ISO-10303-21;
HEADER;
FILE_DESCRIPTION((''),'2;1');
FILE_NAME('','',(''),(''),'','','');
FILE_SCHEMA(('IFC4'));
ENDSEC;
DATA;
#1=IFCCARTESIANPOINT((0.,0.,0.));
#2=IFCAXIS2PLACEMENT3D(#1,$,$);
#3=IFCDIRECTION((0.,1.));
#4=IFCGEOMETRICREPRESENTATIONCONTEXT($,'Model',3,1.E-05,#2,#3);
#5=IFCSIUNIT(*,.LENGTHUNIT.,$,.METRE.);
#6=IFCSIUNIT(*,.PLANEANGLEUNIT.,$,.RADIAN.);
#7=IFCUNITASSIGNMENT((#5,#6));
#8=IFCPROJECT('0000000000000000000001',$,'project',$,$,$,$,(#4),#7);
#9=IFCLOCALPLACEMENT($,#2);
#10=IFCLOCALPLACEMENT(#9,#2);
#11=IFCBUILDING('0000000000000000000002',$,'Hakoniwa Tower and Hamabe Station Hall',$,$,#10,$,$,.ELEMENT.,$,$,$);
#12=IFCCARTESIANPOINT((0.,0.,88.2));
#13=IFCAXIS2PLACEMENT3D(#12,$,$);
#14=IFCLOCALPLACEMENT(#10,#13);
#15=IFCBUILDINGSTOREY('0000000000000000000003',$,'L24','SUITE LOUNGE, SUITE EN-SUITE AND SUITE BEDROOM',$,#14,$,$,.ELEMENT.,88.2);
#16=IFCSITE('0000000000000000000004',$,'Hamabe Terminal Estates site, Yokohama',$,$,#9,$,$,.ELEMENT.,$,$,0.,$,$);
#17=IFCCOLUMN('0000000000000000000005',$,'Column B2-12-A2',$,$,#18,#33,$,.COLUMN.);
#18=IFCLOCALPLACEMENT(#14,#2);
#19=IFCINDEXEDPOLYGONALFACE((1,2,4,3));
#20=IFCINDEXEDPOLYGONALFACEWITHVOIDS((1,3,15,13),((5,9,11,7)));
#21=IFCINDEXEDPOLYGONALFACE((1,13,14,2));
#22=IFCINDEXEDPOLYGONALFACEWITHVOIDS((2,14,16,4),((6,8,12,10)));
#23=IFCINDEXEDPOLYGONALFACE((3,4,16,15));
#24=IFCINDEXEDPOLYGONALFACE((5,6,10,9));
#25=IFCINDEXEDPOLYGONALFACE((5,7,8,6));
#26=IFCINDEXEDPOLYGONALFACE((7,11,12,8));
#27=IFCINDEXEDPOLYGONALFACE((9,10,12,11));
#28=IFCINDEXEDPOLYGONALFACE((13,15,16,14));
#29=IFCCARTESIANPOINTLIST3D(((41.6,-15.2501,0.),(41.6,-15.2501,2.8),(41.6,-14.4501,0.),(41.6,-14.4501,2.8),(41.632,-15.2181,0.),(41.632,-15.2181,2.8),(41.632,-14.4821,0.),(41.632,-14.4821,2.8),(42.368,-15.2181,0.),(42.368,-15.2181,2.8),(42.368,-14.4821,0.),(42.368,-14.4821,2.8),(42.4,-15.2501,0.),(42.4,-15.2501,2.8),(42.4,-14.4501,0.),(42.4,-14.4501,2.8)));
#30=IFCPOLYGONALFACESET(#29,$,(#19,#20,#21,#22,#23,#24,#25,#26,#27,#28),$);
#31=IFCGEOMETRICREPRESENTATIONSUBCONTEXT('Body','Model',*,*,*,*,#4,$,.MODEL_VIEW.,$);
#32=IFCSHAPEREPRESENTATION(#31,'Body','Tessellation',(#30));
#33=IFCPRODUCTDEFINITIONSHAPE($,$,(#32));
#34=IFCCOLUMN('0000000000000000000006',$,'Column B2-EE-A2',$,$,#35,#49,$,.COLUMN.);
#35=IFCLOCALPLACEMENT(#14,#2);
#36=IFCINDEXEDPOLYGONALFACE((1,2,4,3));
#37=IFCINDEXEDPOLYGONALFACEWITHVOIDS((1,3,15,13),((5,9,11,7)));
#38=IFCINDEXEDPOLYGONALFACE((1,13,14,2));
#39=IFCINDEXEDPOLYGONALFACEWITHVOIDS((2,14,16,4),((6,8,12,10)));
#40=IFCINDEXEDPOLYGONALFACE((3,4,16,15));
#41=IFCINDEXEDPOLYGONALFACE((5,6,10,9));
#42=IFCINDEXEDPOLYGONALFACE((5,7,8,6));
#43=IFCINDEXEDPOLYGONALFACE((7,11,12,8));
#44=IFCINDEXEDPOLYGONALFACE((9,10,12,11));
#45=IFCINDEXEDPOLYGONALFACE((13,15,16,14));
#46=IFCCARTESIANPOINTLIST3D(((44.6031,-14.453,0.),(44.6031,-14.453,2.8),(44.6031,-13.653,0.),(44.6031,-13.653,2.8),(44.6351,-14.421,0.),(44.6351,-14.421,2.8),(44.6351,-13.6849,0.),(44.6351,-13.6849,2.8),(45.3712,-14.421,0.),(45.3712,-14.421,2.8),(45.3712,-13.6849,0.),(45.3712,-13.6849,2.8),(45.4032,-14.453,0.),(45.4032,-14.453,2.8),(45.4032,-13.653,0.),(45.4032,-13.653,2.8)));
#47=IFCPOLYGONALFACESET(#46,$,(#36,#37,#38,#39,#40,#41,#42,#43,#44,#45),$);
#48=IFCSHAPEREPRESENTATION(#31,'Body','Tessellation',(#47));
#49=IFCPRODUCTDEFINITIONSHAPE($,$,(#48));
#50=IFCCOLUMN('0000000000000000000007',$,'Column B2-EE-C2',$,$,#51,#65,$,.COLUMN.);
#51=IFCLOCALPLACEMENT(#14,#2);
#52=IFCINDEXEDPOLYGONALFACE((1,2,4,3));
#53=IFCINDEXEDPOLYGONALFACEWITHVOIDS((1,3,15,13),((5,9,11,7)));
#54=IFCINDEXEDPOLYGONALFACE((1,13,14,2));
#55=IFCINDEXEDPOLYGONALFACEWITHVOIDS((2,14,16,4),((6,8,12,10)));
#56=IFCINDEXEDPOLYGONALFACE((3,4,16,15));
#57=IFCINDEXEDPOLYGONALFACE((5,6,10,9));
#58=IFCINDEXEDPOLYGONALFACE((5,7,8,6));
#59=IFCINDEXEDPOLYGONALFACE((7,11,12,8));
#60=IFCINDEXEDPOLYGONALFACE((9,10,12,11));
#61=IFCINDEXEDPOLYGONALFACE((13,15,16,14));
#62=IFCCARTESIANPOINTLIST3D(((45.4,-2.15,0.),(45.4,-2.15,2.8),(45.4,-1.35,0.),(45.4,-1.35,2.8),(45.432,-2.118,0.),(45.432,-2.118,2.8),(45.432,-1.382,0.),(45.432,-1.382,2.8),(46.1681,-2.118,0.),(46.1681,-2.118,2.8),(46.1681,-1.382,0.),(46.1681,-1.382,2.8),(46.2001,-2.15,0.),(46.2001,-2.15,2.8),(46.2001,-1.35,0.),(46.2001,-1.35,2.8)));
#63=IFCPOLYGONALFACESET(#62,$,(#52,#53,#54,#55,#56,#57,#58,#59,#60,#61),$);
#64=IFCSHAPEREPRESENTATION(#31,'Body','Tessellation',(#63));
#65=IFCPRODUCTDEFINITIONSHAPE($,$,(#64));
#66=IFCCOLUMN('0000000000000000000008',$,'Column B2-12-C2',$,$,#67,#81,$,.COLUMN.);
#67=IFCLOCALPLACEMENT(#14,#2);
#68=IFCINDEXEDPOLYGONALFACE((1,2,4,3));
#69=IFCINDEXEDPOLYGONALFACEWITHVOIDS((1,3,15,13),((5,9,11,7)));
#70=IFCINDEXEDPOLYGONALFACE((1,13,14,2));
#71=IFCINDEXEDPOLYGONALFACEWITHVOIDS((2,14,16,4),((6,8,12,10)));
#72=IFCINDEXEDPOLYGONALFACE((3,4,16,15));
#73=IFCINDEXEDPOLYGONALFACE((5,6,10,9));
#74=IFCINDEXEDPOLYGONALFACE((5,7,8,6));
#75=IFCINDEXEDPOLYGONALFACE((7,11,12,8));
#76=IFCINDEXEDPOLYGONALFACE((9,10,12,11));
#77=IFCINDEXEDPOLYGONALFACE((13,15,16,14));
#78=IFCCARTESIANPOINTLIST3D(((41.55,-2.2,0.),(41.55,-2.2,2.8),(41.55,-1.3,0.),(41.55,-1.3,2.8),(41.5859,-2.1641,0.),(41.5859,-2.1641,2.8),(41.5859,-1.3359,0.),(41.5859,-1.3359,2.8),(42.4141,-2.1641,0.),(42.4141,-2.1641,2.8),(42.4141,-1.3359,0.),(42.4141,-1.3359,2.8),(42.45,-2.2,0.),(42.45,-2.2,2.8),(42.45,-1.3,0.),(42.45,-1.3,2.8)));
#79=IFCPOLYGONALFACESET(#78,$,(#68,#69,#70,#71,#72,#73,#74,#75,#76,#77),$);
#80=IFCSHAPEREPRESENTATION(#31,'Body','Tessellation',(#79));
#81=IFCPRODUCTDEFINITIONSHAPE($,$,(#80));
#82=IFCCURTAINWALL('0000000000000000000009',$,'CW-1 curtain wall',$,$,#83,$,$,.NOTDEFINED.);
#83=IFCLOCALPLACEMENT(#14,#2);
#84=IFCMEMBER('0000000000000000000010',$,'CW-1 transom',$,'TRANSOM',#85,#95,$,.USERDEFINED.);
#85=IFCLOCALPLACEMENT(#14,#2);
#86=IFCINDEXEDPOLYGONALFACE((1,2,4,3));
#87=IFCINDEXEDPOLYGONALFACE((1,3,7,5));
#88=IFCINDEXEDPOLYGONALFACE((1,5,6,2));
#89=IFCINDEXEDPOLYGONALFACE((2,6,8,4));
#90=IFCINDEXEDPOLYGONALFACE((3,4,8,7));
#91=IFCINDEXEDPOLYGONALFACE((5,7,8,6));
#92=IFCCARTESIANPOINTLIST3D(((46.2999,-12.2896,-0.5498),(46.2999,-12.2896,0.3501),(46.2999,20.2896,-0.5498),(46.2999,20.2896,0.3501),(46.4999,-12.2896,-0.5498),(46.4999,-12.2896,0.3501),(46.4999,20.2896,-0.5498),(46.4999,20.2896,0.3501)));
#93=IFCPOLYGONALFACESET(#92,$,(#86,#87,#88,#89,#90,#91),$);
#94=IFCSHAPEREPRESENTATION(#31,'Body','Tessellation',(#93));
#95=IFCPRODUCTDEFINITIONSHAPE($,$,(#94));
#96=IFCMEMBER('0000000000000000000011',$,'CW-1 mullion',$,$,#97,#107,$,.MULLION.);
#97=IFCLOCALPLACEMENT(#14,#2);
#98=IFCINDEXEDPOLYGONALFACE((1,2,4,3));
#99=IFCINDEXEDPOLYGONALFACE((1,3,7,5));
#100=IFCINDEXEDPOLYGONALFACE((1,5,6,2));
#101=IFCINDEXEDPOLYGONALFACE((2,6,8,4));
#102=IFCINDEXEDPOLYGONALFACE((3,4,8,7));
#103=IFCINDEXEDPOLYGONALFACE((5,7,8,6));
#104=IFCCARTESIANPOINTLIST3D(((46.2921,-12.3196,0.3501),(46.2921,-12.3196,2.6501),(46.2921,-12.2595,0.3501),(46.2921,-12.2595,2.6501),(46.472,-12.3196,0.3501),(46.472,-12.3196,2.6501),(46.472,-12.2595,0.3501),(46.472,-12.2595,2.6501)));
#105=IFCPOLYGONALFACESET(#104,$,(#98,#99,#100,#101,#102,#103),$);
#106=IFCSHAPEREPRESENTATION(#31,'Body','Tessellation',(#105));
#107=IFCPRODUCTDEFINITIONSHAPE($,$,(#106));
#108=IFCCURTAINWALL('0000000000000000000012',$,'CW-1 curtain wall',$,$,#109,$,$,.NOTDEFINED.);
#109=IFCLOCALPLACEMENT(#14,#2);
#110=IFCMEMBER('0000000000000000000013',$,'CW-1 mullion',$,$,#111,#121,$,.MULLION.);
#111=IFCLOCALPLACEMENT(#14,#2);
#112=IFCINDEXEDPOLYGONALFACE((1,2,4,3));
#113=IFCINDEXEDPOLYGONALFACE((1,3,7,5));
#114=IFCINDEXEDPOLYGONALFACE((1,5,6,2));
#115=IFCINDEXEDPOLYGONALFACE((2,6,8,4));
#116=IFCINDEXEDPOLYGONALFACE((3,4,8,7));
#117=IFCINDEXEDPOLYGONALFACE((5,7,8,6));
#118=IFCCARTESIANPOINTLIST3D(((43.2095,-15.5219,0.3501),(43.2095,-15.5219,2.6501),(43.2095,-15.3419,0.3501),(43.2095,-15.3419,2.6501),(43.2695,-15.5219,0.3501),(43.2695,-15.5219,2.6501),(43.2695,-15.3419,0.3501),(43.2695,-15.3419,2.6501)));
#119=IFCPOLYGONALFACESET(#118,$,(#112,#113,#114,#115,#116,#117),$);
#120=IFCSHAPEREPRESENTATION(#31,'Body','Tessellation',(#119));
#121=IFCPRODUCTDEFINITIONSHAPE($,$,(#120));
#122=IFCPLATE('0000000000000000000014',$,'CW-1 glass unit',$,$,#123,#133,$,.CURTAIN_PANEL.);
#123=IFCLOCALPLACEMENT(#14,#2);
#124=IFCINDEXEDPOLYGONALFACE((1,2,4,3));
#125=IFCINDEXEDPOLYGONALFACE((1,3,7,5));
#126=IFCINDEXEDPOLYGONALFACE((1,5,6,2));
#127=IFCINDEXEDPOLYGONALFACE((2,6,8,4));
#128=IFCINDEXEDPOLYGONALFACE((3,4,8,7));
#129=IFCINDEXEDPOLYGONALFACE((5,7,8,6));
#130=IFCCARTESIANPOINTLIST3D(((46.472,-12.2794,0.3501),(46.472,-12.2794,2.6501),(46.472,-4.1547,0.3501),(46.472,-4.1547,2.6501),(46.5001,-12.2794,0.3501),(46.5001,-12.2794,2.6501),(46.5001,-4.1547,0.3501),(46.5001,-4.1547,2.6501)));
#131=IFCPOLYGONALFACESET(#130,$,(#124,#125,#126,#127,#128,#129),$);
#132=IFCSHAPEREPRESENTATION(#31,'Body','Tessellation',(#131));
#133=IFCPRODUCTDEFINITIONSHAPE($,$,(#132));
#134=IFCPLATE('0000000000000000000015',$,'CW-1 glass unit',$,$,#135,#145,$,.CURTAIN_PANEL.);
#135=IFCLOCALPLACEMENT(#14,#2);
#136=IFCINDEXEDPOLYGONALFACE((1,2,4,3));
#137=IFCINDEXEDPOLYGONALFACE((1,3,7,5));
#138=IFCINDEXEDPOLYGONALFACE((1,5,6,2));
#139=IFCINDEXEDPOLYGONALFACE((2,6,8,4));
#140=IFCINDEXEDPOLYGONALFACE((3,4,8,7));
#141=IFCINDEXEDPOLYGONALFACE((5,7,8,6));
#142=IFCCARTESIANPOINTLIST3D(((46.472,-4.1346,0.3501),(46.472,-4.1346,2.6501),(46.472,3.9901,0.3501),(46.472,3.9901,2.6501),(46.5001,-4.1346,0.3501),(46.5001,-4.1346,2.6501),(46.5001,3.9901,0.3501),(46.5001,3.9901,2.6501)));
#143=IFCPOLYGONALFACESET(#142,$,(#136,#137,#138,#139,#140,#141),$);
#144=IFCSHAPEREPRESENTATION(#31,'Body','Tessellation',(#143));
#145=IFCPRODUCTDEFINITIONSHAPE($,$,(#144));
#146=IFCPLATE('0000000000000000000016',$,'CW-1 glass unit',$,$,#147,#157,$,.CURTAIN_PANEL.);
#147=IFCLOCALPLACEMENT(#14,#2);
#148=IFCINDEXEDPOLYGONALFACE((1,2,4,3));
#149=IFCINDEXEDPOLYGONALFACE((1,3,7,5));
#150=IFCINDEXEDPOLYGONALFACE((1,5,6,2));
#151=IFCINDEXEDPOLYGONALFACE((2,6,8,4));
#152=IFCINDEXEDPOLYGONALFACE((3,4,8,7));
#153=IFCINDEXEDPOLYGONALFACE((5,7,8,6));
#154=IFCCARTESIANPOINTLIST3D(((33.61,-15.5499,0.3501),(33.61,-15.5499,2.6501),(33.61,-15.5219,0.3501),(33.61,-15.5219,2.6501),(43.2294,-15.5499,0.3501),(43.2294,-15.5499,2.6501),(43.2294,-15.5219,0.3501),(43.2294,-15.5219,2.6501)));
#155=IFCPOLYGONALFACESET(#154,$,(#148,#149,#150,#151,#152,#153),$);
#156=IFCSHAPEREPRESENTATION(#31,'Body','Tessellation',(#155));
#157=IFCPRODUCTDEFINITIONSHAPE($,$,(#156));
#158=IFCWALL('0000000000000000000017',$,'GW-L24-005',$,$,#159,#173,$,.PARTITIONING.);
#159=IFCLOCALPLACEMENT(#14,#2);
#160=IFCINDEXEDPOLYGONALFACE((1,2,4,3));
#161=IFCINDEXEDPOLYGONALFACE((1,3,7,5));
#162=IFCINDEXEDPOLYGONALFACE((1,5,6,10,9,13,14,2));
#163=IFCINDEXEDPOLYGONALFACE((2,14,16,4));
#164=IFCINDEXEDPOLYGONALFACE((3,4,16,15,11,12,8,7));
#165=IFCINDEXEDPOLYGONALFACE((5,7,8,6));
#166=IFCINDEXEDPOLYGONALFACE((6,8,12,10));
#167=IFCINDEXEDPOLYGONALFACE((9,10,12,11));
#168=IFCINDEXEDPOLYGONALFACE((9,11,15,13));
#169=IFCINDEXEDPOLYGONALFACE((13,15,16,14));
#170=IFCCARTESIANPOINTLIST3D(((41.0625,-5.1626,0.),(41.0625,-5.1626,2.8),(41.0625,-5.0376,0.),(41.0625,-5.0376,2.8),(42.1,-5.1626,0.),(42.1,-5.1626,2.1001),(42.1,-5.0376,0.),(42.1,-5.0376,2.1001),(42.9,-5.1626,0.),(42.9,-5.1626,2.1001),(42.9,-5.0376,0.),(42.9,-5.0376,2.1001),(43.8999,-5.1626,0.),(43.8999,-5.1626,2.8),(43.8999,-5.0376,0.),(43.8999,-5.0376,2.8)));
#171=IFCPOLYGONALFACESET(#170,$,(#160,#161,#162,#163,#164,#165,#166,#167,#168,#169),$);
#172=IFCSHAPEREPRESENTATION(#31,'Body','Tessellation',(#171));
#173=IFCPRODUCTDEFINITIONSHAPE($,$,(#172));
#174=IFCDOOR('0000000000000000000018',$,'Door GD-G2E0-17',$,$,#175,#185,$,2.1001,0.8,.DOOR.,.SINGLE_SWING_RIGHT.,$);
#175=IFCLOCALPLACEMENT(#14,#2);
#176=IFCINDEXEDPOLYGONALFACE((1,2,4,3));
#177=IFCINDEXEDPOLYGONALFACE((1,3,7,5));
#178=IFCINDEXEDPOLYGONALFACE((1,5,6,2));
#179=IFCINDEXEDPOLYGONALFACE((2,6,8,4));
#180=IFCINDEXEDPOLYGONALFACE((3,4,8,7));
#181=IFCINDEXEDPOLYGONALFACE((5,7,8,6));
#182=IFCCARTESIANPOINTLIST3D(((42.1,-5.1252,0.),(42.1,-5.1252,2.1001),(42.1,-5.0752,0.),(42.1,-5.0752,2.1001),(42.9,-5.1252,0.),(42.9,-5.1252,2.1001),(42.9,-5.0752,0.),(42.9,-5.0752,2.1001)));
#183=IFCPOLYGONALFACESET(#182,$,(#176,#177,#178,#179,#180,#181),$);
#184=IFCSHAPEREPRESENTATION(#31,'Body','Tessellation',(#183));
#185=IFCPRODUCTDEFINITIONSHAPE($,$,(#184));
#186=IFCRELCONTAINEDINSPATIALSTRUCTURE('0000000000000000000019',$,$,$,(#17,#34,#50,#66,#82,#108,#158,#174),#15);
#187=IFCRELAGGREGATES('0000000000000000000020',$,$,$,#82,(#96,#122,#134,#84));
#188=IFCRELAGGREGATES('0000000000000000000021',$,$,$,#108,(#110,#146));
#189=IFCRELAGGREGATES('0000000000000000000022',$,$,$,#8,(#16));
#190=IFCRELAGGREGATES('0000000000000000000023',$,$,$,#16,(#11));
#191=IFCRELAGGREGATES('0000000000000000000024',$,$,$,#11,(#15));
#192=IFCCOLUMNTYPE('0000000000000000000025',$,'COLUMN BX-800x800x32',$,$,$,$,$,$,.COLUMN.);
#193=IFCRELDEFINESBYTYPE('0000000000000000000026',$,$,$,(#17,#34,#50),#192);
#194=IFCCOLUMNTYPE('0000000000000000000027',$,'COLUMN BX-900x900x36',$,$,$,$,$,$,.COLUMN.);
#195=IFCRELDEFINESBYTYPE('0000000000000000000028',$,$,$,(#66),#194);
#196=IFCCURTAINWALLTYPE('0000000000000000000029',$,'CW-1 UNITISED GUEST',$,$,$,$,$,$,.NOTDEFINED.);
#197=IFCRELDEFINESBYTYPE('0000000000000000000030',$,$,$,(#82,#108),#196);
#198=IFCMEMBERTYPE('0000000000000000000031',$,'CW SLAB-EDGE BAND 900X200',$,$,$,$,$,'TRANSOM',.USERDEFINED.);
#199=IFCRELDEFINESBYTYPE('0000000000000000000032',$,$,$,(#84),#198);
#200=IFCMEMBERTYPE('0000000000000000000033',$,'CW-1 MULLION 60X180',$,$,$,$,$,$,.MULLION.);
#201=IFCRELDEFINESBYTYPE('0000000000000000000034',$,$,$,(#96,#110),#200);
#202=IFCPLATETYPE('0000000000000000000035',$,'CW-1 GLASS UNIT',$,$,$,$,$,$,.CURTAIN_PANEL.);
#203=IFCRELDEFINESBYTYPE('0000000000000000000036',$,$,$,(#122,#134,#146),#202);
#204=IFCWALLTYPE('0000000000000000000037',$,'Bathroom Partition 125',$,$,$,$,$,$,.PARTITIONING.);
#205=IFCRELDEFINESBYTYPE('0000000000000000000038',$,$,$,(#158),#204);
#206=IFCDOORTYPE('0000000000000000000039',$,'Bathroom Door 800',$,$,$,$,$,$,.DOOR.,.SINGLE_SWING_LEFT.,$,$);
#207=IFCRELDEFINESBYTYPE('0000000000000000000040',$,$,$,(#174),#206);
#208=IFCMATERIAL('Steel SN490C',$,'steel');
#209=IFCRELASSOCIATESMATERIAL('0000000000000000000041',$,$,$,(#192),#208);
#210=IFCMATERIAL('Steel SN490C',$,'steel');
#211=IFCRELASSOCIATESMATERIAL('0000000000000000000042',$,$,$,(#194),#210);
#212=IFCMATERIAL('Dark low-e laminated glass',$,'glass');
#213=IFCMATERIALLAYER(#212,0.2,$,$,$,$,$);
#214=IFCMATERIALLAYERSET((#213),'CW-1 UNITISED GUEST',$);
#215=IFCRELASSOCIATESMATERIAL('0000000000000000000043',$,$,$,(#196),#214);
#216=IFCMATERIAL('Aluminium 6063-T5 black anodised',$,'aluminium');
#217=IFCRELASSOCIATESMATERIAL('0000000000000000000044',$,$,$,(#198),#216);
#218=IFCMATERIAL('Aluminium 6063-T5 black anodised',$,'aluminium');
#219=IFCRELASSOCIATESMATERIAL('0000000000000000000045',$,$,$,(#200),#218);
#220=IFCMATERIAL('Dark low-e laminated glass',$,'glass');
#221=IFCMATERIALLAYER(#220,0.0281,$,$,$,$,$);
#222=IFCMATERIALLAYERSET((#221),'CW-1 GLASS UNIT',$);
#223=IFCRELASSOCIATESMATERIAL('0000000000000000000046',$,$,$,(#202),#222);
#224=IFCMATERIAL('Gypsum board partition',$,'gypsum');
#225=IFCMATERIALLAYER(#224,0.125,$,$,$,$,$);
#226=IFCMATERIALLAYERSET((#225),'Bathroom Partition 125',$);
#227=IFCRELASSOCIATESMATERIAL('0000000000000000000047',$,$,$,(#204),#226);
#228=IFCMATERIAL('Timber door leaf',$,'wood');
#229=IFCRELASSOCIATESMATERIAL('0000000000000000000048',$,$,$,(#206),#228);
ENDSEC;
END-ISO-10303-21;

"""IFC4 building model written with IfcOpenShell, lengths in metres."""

from ifc_helpers import new_model, si_unit, direction, frame, frame_2d, origin, origin_2d, place, context, subcontext, project, spatial, rectangle, hollow_rectangle, extrude, material, layer, layer_set, material_profile, profile_set, type_object, element, fill, aggregate, save


model = new_model("IFC4")

# Units and contexts
model_context = context("Model", 3, precision=1e-05, world=origin(), true_north=direction((0.0, 1.0)))
body_context = subcontext(model_context, "Body", "Model", "MODEL_VIEW")
ifc_project = project(units=[si_unit("LENGTHUNIT", "METRE"), si_unit("PLANEANGLEUNIT", "RADIAN")], contexts=[model_context])

# Site, building, storey
site_placement = place(None, origin())
site = spatial("IfcSite", under=ifc_project, at=site_placement, Name="Hamabe Terminal Estates site, Yokohama", CompositionType="ELEMENT", RefElevation=0.0)
building_placement = place(site_placement, origin())
building = spatial("IfcBuilding", under=site, at=building_placement, Name="Hakoniwa Tower and Hamabe Station Hall", CompositionType="ELEMENT")
storey_placement = place(building_placement, frame((0.0, 0.0, 88.2)))
storey = spatial("IfcBuildingStorey", under=building, at=storey_placement, Name="L24", Description="SUITE LOUNGE, SUITE EN-SUITE AND SUITE BEDROOM", CompositionType="ELEMENT", Elevation=88.2)

# Columns
ifc_material_1 = material(Name="Steel SN490C", Category="steel")
ifc_material_profile_1 = material_profile(ifc_material_1, hollow_rectangle(XDim=0.8, YDim=0.8, WallThickness=0.032, at=origin_2d()), Name="BX-800x800x32")
ifc_profile_set_1 = profile_set([ifc_material_profile_1], Name="Steel SN490C")
column_type_1 = type_object("IfcColumnType", Name="COLUMN BX-800x800x32", PredefinedType="COLUMN", material=ifc_profile_set_1)
for number, where, z_axis, x_axis, name in (
    (1, (42.0, -14.8501, 0.0), (0.0, 0.0, 1.0), (1.0, 0.0, 0.0), "Column B2-12-A2"),
    (2, (45.0032, -14.053, 0.0), (0.0, 0.0, 1.0), (1.0, 0.0, 0.0), "Column B2-EE-A2"),
    (3, (45.8, -1.75, 0.0), (0.0, 0.0, 1.0), (1.0, 0.0, 0.0), "Column B2-EE-C2"),
):
    element("IfcColumn", number, at=place(storey_placement, frame(where, z_axis=z_axis, x_axis=x_axis)), inside=storey, type_object=column_type_1, Name=name, PredefinedType="COLUMN", context=body_context, shape_type="SweptSolid", body=[
        extrude(hollow_rectangle(XDim=0.8, YDim=0.8, WallThickness=0.032, at=origin_2d()), origin(), (0.0, 0.0, 1.0), 2.8),
    ])
ifc_material_2 = material(Name="Steel SN490C", Category="steel")
ifc_material_profile_2 = material_profile(ifc_material_2, hollow_rectangle(XDim=0.8999, YDim=0.8999, WallThickness=0.0359, at=origin_2d()), Name="BX-900x900x36")
ifc_profile_set_2 = profile_set([ifc_material_profile_2], Name="Steel SN490C")
column_type_2 = type_object("IfcColumnType", Name="COLUMN BX-900x900x36", PredefinedType="COLUMN", material=ifc_profile_set_2)
column_placement = place(storey_placement, frame((42.0, -1.75, 0.0), z_axis=(0.0, 0.0, 1.0), x_axis=(1.0, 0.0, 0.0)))
element("IfcColumn", 4, at=column_placement, inside=storey, type_object=column_type_2, Name="Column B2-12-C2", PredefinedType="COLUMN", context=body_context, shape_type="SweptSolid", body=[
    extrude(hollow_rectangle(XDim=0.8999, YDim=0.8999, WallThickness=0.0359, at=origin_2d()), origin(), (0.0, 0.0, 1.0), 2.8),
])

# Curtain wall, members
ifc_material_3 = material(Name="Dark low-e laminated glass", Category="glass")
ifc_layer_1 = layer(ifc_material_3, 0.2)
ifc_layer_set_1 = layer_set([ifc_layer_1], Name="CW-1 UNITISED GUEST")
curtain_wall_type = type_object("IfcCurtainWallType", Name="CW-1 UNITISED GUEST", PredefinedType="NOTDEFINED", material=ifc_layer_set_1)
curtain_wall_1_placement = place(storey_placement, origin())
curtain_wall_1 = element("IfcCurtainWall", 5, at=curtain_wall_1_placement, inside=storey, type_object=curtain_wall_type, Name="CW-1 curtain wall", PredefinedType="NOTDEFINED")
ifc_material_4 = material(Name="Aluminium 6063-T5 black anodised", Category="aluminium")
ifc_material_profile_3 = material_profile(ifc_material_4, rectangle(XDim=0.2, YDim=0.8999, at=origin_2d()), Name="CW SLAB-EDGE BAND 900X200")
ifc_profile_set_3 = profile_set([ifc_material_profile_3], Name="Aluminium 6063-T5 black anodised")
member_type_1 = type_object("IfcMemberType", Name="CW SLAB-EDGE BAND 900X200", ElementType="TRANSOM", PredefinedType="USERDEFINED", material=ifc_profile_set_3)
member_1_placement = place(storey_placement, frame((46.3999, -12.2896, -0.0999), z_axis=(0.0, 1.0, 0.0), x_axis=(-1.0, 0.0, 0.0)))
member_1 = element("IfcMember", 6, at=member_1_placement, type_object=member_type_1, Name="CW-1 transom", ObjectType="TRANSOM", PredefinedType="USERDEFINED", context=body_context, shape_type="SweptSolid", body=[
    extrude(rectangle(XDim=0.2, YDim=0.8999, at=origin_2d()), origin(), (0.0, 0.0, 1.0), 32.5791),
])
ifc_material_5 = material(Name="Aluminium 6063-T5 black anodised", Category="aluminium")
ifc_material_profile_4 = material_profile(ifc_material_5, rectangle(XDim=0.0601, YDim=0.1799, at=origin_2d()), Name="CW-1 MULLION 60X180")
ifc_profile_set_4 = profile_set([ifc_material_profile_4], Name="Aluminium 6063-T5 black anodised")
member_type_2 = type_object("IfcMemberType", Name="CW-1 MULLION 60X180", PredefinedType="MULLION", material=ifc_profile_set_4)
member_2_placement = place(storey_placement, frame((46.3821, -12.2896, 0.3501), z_axis=(0.0, 0.0, 1.0), x_axis=(0.0, 1.0, 0.0)))
member_2 = element("IfcMember", 7, at=member_2_placement, type_object=member_type_2, Name="CW-1 mullion", PredefinedType="MULLION", context=body_context, shape_type="SweptSolid", body=[
    extrude(rectangle(XDim=0.0601, YDim=0.1799, at=origin_2d()), origin(), (0.0, 0.0, 1.0), 2.3),
])

# Curtain wall, member
curtain_wall_2_placement = place(storey_placement, origin())
curtain_wall_2 = element("IfcCurtainWall", 8, at=curtain_wall_2_placement, inside=storey, type_object=curtain_wall_type, Name="CW-1 curtain wall", PredefinedType="NOTDEFINED")
member_3_placement = place(storey_placement, frame((43.2395, -15.4319, 0.3501), z_axis=(0.0, 0.0, 1.0), x_axis=(1.0, 0.0, 0.0)))
member_3 = element("IfcMember", 9, at=member_3_placement, type_object=member_type_2, Name="CW-1 mullion", PredefinedType="MULLION", context=body_context, shape_type="SweptSolid", body=[
    extrude(rectangle(XDim=0.0601, YDim=0.1799, at=origin_2d()), origin(), (0.0, 0.0, 1.0), 2.3),
])

# Plates
ifc_material_6 = material(Name="Dark low-e laminated glass", Category="glass")
ifc_layer_2 = layer(ifc_material_6, 0.0281)
ifc_layer_set_2 = layer_set([ifc_layer_2], Name="CW-1 GLASS UNIT")
plate_type = type_object("IfcPlateType", Name="CW-1 GLASS UNIT", PredefinedType="CURTAIN_PANEL", material=ifc_layer_set_2)
plate_1_placement = place(storey_placement, frame((46.4861, -8.217, 0.3501), z_axis=(0.0, 0.0, 1.0), x_axis=(0.0, 1.0, 0.0)))
plate_1 = element("IfcPlate", 10, at=plate_1_placement, type_object=plate_type, Name="CW-1 glass unit", PredefinedType="CURTAIN_PANEL", context=body_context, shape_type="SweptSolid", body=[
    extrude(rectangle(XDim=8.1248, YDim=0.0281, at=origin_2d()), origin(), (0.0, 0.0, 1.0), 2.3),
])
plate_2_placement = place(storey_placement, frame((46.4861, -0.0723, 0.3501), z_axis=(0.0, 0.0, 1.0), x_axis=(0.0, 1.0, 0.0)))
plate_2 = element("IfcPlate", 11, at=plate_2_placement, type_object=plate_type, Name="CW-1 glass unit", PredefinedType="CURTAIN_PANEL", context=body_context, shape_type="SweptSolid", body=[
    extrude(rectangle(XDim=8.1248, YDim=0.0281, at=origin_2d()), origin(), (0.0, 0.0, 1.0), 2.3),
])
aggregate(curtain_wall_1, [member_2, plate_1, plate_2, member_1])
plate_3_placement = place(storey_placement, frame((38.4197, -15.5359, 0.3501), z_axis=(0.0, 0.0, 1.0), x_axis=(1.0, 0.0, 0.0)))
plate_3 = element("IfcPlate", 12, at=plate_3_placement, type_object=plate_type, Name="CW-1 glass unit", PredefinedType="CURTAIN_PANEL", context=body_context, shape_type="SweptSolid", body=[
    extrude(rectangle(XDim=9.6194, YDim=0.0281, at=origin_2d()), origin(), (0.0, 0.0, 1.0), 2.3),
])
aggregate(curtain_wall_2, [member_3, plate_3])

# Wall, opening, door
ifc_material_7 = material(Name="Gypsum board partition", Category="gypsum")
ifc_layer_3 = layer(ifc_material_7, 0.125)
ifc_layer_set_3 = layer_set([ifc_layer_3], Name="Bathroom Partition 125")
wall_type_1 = type_object("IfcWallType", Name="Bathroom Partition 125", PredefinedType="PARTITIONING", material=ifc_layer_set_3)
wall_1_placement = place(storey_placement, frame((41.0625, -5.1001, 0.0), z_axis=(0.0, 0.0, 1.0), x_axis=(1.0, 0.0, 0.0)))
wall_1 = element("IfcWall", 13, at=wall_1_placement, inside=storey, type_object=wall_type_1, Name="GW-L24-005", PredefinedType="PARTITIONING", context=body_context, shape_type="SweptSolid", body=[
    extrude(rectangle(XDim=2.8374, YDim=0.125, at=frame_2d((1.4187, 0.0))), origin(), (0.0, 0.0, 1.0), 2.8),
])
opening_1_placement = place(wall_1_placement, frame((1.0376, 0.0, 0.0)))
opening_1 = element("IfcOpeningElement", 14, at=opening_1_placement, cuts=wall_1, PredefinedType="OPENING", context=body_context, shape_type="SweptSolid", body=[
    extrude(rectangle(XDim=0.8, YDim=2.1001, at=frame_2d((0.3999, 1.05))), frame((0.0, 0.0725, 0.0), z_axis=(0.0, -1.0, 0.0), x_axis=(1.0, 0.0, 0.0)), (0.0, 0.0, 1.0), 0.145),
])
ifc_material_8 = material(Name="Timber door leaf", Category="wood")
door_type_1 = type_object("IfcDoorType", Name="Bathroom Door 800", OperationType="SINGLE_SWING_LEFT", PredefinedType="DOOR", material=ifc_material_8)
door_1_placement = place(opening_1_placement, origin())
door_1 = element("IfcDoor", 15, at=door_1_placement, inside=storey, type_object=door_type_1, Name="Door GD-G2E0-17", OperationType="SINGLE_SWING_RIGHT", OverallHeight=2.1001, OverallWidth=0.8, PredefinedType="DOOR", context=body_context, shape_type="SweptSolid", body=[
    extrude(rectangle(XDim=0.8, YDim=2.1001, at=frame_2d((0.3999, 1.05))), frame((0.0, 0.0249, 0.0), z_axis=(0.0, -1.0, 0.0), x_axis=(1.0, 0.0, 0.0)), (0.0, 0.0, 1.0), 0.05),
])
fill(opening_1, door_1)

save(model, "model.ifc")
